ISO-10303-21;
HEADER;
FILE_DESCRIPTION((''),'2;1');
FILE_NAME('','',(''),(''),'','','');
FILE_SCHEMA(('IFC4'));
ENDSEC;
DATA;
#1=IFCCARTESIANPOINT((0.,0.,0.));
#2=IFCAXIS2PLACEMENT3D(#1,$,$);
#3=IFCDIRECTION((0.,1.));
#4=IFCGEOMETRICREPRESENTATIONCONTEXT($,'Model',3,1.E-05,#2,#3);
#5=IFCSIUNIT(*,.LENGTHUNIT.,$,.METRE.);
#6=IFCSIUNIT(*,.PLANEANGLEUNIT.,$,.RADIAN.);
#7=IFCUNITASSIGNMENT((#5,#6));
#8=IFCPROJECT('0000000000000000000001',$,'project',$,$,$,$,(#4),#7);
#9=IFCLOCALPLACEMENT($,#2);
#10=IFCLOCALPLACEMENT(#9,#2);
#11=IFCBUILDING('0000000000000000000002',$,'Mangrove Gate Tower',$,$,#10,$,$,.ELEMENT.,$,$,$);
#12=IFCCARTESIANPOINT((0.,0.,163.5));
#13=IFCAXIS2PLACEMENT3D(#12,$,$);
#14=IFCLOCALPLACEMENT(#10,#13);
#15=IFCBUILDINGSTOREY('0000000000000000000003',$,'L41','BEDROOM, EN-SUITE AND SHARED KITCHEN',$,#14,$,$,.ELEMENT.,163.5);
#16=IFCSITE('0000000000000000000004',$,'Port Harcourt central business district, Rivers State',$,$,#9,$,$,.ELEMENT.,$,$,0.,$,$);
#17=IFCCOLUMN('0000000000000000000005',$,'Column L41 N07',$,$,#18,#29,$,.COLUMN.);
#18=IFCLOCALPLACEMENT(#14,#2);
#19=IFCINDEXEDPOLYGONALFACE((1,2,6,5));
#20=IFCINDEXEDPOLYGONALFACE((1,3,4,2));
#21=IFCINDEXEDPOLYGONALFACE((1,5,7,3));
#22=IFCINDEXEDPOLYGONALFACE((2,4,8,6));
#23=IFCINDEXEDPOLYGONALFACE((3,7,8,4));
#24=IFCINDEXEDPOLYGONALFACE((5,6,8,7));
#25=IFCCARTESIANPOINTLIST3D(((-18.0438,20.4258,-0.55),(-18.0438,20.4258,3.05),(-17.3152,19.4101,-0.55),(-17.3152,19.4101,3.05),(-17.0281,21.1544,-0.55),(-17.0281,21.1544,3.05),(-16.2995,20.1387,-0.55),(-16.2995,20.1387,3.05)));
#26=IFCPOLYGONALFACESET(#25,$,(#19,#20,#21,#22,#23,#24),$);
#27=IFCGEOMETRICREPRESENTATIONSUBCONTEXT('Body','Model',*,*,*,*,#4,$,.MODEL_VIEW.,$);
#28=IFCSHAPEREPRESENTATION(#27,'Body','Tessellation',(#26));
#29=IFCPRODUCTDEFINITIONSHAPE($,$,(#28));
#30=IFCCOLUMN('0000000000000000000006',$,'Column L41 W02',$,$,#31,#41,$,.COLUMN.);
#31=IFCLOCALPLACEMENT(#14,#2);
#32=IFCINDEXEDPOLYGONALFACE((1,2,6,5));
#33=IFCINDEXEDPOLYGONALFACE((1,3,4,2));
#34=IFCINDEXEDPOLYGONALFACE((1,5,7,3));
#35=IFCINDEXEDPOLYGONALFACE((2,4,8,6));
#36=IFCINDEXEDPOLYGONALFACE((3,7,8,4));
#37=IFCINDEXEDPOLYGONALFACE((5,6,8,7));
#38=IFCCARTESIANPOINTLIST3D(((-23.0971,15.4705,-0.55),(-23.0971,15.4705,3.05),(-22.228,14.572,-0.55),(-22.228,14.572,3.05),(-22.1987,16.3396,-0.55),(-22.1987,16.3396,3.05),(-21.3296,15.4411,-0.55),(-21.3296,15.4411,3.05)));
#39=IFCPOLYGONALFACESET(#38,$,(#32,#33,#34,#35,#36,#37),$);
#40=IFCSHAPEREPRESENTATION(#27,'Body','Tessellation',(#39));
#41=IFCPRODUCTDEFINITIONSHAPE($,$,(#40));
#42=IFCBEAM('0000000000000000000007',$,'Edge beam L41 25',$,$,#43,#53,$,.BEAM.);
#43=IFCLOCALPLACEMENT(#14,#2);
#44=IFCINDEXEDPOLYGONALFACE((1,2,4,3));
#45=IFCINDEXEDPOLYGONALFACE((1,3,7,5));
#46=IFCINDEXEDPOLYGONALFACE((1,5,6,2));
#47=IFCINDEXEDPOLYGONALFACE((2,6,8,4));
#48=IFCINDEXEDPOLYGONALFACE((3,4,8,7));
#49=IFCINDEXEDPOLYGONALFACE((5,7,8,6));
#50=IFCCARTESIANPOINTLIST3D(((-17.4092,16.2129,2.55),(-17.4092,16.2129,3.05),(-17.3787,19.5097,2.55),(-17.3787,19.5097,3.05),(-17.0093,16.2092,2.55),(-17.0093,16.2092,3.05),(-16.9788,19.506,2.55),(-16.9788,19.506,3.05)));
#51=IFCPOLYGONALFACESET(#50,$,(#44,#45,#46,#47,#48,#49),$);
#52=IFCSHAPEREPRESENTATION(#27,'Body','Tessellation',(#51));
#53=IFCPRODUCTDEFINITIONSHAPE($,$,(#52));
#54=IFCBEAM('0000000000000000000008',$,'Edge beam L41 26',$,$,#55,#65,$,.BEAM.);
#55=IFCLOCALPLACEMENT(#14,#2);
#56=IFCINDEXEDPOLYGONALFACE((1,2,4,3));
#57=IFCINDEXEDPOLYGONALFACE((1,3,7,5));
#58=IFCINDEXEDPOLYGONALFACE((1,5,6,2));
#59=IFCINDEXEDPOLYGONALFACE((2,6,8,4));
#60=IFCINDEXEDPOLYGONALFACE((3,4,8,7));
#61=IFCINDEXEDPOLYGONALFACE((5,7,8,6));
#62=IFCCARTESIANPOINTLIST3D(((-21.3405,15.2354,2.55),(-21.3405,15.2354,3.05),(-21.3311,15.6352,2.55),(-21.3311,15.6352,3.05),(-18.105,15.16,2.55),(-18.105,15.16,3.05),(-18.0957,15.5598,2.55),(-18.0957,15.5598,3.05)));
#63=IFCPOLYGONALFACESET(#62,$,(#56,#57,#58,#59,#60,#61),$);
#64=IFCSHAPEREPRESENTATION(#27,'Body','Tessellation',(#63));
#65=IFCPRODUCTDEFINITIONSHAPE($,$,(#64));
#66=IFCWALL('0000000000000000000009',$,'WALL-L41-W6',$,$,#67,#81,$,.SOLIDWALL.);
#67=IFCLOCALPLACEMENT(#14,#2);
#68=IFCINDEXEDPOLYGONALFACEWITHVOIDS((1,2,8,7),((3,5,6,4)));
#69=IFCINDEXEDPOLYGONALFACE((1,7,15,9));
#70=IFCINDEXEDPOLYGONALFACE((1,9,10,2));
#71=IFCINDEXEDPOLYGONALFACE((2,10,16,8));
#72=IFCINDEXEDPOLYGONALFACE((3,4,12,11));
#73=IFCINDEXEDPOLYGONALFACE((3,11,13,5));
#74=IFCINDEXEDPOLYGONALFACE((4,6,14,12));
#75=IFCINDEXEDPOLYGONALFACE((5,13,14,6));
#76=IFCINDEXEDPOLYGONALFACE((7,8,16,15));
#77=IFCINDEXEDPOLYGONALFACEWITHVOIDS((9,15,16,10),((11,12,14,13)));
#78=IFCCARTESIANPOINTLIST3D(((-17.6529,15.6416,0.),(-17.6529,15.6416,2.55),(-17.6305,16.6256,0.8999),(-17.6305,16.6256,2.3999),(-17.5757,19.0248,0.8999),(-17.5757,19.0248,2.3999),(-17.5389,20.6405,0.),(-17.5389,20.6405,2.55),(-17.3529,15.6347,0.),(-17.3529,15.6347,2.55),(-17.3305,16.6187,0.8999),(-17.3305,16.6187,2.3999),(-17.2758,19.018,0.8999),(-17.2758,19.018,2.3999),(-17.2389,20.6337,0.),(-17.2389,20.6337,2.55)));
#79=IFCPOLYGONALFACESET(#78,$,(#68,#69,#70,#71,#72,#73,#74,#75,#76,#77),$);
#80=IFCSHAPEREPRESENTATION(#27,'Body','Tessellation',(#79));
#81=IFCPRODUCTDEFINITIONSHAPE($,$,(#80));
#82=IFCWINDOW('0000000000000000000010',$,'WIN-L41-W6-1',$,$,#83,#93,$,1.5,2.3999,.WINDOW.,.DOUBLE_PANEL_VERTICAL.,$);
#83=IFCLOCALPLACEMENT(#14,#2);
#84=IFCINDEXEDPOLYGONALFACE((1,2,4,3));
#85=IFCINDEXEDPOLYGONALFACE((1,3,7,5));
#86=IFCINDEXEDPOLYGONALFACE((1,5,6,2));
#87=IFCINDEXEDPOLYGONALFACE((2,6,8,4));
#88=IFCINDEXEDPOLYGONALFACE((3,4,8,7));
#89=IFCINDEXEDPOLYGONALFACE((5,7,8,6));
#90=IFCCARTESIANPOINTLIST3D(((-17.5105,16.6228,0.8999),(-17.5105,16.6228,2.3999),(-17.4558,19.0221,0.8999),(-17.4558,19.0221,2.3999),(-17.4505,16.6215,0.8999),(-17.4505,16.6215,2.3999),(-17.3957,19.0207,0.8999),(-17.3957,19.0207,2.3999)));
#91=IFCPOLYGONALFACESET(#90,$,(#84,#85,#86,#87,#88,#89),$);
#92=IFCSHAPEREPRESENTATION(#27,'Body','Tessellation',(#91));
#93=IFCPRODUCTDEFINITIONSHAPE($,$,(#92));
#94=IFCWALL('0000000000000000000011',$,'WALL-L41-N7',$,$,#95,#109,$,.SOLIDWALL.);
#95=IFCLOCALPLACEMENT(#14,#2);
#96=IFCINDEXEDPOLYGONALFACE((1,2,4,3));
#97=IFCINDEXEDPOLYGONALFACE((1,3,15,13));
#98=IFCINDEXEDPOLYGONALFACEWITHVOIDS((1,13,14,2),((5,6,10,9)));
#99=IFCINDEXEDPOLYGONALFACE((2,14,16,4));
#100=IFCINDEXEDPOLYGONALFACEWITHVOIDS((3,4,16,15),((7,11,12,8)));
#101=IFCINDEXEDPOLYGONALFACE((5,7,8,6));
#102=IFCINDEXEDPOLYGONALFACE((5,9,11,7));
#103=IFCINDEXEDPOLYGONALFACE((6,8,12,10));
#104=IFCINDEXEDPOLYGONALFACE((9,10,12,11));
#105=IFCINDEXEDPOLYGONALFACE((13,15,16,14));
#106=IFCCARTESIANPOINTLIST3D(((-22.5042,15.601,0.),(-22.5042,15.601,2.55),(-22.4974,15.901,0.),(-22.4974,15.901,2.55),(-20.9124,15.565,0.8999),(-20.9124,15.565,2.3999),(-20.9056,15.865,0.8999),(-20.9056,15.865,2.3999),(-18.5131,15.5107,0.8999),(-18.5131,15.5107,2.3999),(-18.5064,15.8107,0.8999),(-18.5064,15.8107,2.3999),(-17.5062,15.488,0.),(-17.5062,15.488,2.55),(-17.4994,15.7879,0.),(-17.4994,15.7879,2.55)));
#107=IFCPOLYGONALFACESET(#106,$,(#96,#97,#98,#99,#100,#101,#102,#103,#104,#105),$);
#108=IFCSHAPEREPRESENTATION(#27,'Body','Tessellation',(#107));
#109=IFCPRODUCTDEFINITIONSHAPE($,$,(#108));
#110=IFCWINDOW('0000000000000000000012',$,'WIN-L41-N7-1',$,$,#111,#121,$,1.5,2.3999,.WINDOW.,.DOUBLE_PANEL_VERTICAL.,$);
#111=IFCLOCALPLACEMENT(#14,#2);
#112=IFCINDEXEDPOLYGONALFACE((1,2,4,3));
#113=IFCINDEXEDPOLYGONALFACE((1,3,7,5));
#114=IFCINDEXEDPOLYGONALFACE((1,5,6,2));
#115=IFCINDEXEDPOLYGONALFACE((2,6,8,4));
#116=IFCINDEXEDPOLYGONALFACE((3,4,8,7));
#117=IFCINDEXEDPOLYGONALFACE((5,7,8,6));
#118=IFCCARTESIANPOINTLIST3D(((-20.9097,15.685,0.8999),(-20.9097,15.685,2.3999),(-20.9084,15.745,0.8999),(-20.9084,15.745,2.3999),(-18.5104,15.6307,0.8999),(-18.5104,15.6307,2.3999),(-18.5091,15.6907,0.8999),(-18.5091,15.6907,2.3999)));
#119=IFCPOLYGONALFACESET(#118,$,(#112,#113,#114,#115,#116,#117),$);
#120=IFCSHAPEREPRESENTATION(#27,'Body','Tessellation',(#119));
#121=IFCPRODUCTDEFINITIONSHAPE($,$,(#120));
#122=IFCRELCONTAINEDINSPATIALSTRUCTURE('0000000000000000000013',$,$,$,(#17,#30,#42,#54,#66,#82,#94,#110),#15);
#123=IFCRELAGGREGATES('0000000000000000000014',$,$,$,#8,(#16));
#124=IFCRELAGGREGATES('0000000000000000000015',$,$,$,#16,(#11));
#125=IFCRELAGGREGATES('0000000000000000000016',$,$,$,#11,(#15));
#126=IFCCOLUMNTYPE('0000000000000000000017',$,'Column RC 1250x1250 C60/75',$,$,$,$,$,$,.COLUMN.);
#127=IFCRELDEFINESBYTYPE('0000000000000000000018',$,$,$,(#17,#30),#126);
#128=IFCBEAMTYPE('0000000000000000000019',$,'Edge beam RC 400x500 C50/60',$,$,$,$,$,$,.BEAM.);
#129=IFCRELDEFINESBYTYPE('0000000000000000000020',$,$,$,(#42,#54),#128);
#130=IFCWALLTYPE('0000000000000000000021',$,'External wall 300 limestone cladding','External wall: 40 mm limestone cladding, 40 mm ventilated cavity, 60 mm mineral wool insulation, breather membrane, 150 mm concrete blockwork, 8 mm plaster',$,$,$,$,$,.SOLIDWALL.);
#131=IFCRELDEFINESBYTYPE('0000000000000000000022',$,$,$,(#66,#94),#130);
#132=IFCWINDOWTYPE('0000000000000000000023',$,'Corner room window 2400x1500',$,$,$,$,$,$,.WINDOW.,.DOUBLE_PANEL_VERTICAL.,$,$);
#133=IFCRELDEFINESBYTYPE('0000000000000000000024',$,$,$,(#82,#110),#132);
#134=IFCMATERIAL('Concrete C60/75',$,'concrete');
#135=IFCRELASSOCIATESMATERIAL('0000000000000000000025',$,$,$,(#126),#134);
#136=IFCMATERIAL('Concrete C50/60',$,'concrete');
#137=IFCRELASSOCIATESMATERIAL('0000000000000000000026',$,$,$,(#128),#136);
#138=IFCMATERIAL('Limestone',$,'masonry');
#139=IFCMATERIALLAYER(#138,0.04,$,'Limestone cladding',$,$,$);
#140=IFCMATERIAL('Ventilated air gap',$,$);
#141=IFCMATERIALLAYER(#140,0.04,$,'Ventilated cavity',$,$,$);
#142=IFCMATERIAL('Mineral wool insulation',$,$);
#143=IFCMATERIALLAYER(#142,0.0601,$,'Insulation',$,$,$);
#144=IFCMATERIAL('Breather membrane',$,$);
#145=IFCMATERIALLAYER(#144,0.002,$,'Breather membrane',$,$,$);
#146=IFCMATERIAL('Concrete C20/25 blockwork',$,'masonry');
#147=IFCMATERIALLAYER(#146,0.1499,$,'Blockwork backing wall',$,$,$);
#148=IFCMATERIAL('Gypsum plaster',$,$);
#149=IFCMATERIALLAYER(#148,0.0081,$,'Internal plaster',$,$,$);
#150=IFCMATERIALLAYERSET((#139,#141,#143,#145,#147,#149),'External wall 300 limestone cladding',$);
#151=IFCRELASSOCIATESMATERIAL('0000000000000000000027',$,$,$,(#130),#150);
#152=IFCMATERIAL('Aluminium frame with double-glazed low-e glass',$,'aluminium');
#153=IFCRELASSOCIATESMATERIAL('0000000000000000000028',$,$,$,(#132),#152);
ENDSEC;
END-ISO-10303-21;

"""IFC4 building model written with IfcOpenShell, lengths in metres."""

from ifc_helpers import new_model, si_unit, direction, frame, frame_2d, origin, origin_2d, place, context, subcontext, project, spatial, rectangle, extrude, material, layer, layer_set, material_profile, profile_set, type_object, element, fill, save


model = new_model("IFC4")

# Units and contexts
model_context = context("Model", 3, precision=1e-05, world=origin(), true_north=direction((0.0, 1.0)))
body_context = subcontext(model_context, "Body", "Model", "MODEL_VIEW")
ifc_project = project(units=[si_unit("LENGTHUNIT", "METRE"), si_unit("PLANEANGLEUNIT", "RADIAN")], contexts=[model_context])

# Site, building, storey
site_placement = place(None, origin())
site = spatial("IfcSite", under=ifc_project, at=site_placement, Name="Port Harcourt central business district, Rivers State", CompositionType="ELEMENT", RefElevation=0.0)
building_placement = place(site_placement, origin())
building = spatial("IfcBuilding", under=site, at=building_placement, Name="Mangrove Gate Tower", CompositionType="ELEMENT")
storey_placement = place(building_placement, frame((0.0, 0.0, 163.5)))
storey = spatial("IfcBuildingStorey", under=building, at=storey_placement, Name="L41", Description="BEDROOM, EN-SUITE AND SHARED KITCHEN", CompositionType="ELEMENT", Elevation=163.5)

# Columns
ifc_material_1 = material(Name="Concrete C60/75", Category="concrete")
ifc_material_profile_1 = material_profile(ifc_material_1, rectangle(XDim=1.25, YDim=1.25, at=origin_2d()))
ifc_profile_set_1 = profile_set([ifc_material_profile_1], Name="Concrete C60/75")
column_type = type_object("IfcColumnType", Name="Column RC 1250x1250 C60/75", PredefinedType="COLUMN", material=ifc_profile_set_1)
for number, where, z_axis, x_axis, name in (
    (1, (-17.1716, 20.2822, -0.55), (0.0, 0.0, 1.0), (-0.812546, -0.582898, 0.0), "Column L41 N07"),
    (2, (-22.2134, 15.4558, -0.55), (0.0, 0.0, 1.0), (-0.718745, -0.695274, 0.0), "Column L41 W02"),
):
    element("IfcColumn", number, at=place(storey_placement, frame(where, z_axis=z_axis, x_axis=x_axis)), inside=storey, type_object=column_type, Name=name, PredefinedType="COLUMN", context=body_context, shape_type="SweptSolid", body=[
        extrude(rectangle(XDim=1.25, YDim=1.25, at=origin_2d()), origin(), (0.0, 0.0, 1.0), 3.6001),
    ])

# Beams
ifc_material_2 = material(Name="Concrete C50/60", Category="concrete")
ifc_material_profile_2 = material_profile(ifc_material_2, rectangle(XDim=0.3999, YDim=0.5, at=origin_2d()))
ifc_profile_set_2 = profile_set([ifc_material_profile_2], Name="Concrete C50/60")
beam_type = type_object("IfcBeamType", Name="Edge beam RC 400x500 C50/60", PredefinedType="BEAM", material=ifc_profile_set_2)
beam_1_placement = place(storey_placement, frame((-17.1787, 19.5078, 2.8), z_axis=(-0.009257, -0.999957, 0.0), x_axis=(0.999957, -0.009257, 0.0)))
element("IfcBeam", 3, at=beam_1_placement, inside=storey, type_object=beam_type, Name="Edge beam L41 25", PredefinedType="BEAM", context=body_context, shape_type="SweptSolid", body=[
    extrude(rectangle(XDim=0.3999, YDim=0.5, at=origin_2d()), origin(), (0.0, 0.0, 1.0), 3.2969),
])
beam_2_placement = place(storey_placement, frame((-18.1003, 15.3599, 2.8), z_axis=(-0.999728, 0.023311, 0.0), x_axis=(-0.023311, -0.999728, 0.0)))
element("IfcBeam", 4, at=beam_2_placement, inside=storey, type_object=beam_type, Name="Edge beam L41 26", PredefinedType="BEAM", context=body_context, shape_type="SweptSolid", body=[
    extrude(rectangle(XDim=0.3999, YDim=0.5, at=origin_2d()), origin(), (0.0, 0.0, 1.0), 3.2363),
])

# Walls, openings, windows
ifc_material_3 = material(Name="Limestone", Category="masonry")
ifc_layer_1 = layer(ifc_material_3, 0.04, Name="Limestone cladding")
ifc_material_4 = material(Name="Ventilated air gap")
ifc_layer_2 = layer(ifc_material_4, 0.04, Name="Ventilated cavity")
ifc_material_5 = material(Name="Mineral wool insulation")
ifc_layer_3 = layer(ifc_material_5, 0.0601, Name="Insulation")
ifc_material_6 = material(Name="Breather membrane")
ifc_layer_4 = layer(ifc_material_6, 0.002, Name="Breather membrane")
ifc_material_7 = material(Name="Concrete C20/25 blockwork", Category="masonry")
ifc_layer_5 = layer(ifc_material_7, 0.1499, Name="Blockwork backing wall")
ifc_material_8 = material(Name="Gypsum plaster")
ifc_layer_6 = layer(ifc_material_8, 0.0081, Name="Internal plaster")
ifc_layer_set = layer_set([ifc_layer_1, ifc_layer_2, ifc_layer_3, ifc_layer_4, ifc_layer_5, ifc_layer_6], Name="External wall 300 limestone cladding")
wall_type = type_object("IfcWallType", Name="External wall 300 limestone cladding", Description="External wall: 40 mm limestone cladding, 40 mm ventilated cavity, 60 mm mineral wool insulation, breather membrane, 150 mm concrete blockwork, 8 mm plaster", PredefinedType="SOLIDWALL", material=ifc_layer_set)
wall_1_placement = place(storey_placement, frame((-17.3889, 20.637, 0.0), z_axis=(0.0, 0.0, 1.0), x_axis=(-0.022801, -0.99974, 0.0)))
wall_1 = element("IfcWall", 5, at=wall_1_placement, inside=storey, type_object=wall_type, Name="WALL-L41-W6", PredefinedType="SOLIDWALL", context=body_context, shape_type="SweptSolid", body=[
    extrude(rectangle(XDim=5.0002, YDim=0.3, at=frame_2d((2.5, 0.0))), origin(), (0.0, 0.0, 1.0), 2.55),
])
opening_1_placement = place(wall_1_placement, frame((1.616, 0.0, 0.8999)))
opening_1 = element("IfcOpeningElement", 6, at=opening_1_placement, cuts=wall_1, PredefinedType="OPENING", context=body_context, shape_type="SweptSolid", body=[
    extrude(rectangle(XDim=2.3999, YDim=1.5, at=frame_2d((1.2, 0.75))), frame((0.0, 0.1599, 0.0), z_axis=(0.0, -1.0, 0.0), x_axis=(1.0, 0.0, 0.0)), (0.0, 0.0, 1.0), 0.3201),
])
ifc_material_9 = material(Name="Aluminium frame with double-glazed low-e glass", Category="aluminium")
window_type_1 = type_object("IfcWindowType", Name="Corner room window 2400x1500", PartitioningType="DOUBLE_PANEL_VERTICAL", PredefinedType="WINDOW", material=ifc_material_9)
window_1_placement = place(opening_1_placement, origin())
window_1 = element("IfcWindow", 7, at=window_1_placement, inside=storey, type_object=window_type_1, Name="WIN-L41-W6-1", OverallHeight=1.5, OverallWidth=2.3999, PartitioningType="DOUBLE_PANEL_VERTICAL", PredefinedType="WINDOW", context=body_context, shape_type="SweptSolid", body=[
    extrude(rectangle(XDim=2.3999, YDim=1.5, at=frame_2d((1.2, 0.75))), frame((0.0, 0.03, 0.0), z_axis=(0.0, -1.0, 0.0), x_axis=(1.0, 0.0, 0.0)), (0.0, 0.0, 1.0), 0.0601),
])
fill(opening_1, window_1)
wall_2_placement = place(storey_placement, frame((-17.5029, 15.6379, 0.0), z_axis=(0.0, 0.0, 1.0), x_axis=(-0.999744, 0.02261, 0.0)))
wall_2 = element("IfcWall", 8, at=wall_2_placement, inside=storey, type_object=wall_type, Name="WALL-L41-N7", PredefinedType="SOLIDWALL", context=body_context, shape_type="SweptSolid", body=[
    extrude(rectangle(XDim=4.9993, YDim=0.3, at=frame_2d((2.4995, 0.0))), origin(), (0.0, 0.0, 1.0), 2.55),
])
opening_2_placement = place(wall_2_placement, frame((1.0071, 0.0, 0.8999)))
opening_2 = element("IfcOpeningElement", 9, at=opening_2_placement, cuts=wall_2, PredefinedType="OPENING", context=body_context, shape_type="SweptSolid", body=[
    extrude(rectangle(XDim=2.3999, YDim=1.5, at=frame_2d((1.2, 0.75))), frame((0.0, 0.1599, 0.0), z_axis=(0.0, -1.0, 0.0), x_axis=(1.0, 0.0, 0.0)), (0.0, 0.0, 1.0), 0.3201),
])
window_2_placement = place(opening_2_placement, origin())
window_2 = element("IfcWindow", 10, at=window_2_placement, inside=storey, type_object=window_type_1, Name="WIN-L41-N7-1", OverallHeight=1.5, OverallWidth=2.3999, PartitioningType="DOUBLE_PANEL_VERTICAL", PredefinedType="WINDOW", context=body_context, shape_type="SweptSolid", body=[
    extrude(rectangle(XDim=2.3999, YDim=1.5, at=frame_2d((1.2, 0.75))), frame((0.0, 0.03, 0.0), z_axis=(0.0, -1.0, 0.0), x_axis=(1.0, 0.0, 0.0)), (0.0, 0.0, 1.0), 0.0601),
])
fill(opening_2, window_2)

save(model, "model.ifc")
